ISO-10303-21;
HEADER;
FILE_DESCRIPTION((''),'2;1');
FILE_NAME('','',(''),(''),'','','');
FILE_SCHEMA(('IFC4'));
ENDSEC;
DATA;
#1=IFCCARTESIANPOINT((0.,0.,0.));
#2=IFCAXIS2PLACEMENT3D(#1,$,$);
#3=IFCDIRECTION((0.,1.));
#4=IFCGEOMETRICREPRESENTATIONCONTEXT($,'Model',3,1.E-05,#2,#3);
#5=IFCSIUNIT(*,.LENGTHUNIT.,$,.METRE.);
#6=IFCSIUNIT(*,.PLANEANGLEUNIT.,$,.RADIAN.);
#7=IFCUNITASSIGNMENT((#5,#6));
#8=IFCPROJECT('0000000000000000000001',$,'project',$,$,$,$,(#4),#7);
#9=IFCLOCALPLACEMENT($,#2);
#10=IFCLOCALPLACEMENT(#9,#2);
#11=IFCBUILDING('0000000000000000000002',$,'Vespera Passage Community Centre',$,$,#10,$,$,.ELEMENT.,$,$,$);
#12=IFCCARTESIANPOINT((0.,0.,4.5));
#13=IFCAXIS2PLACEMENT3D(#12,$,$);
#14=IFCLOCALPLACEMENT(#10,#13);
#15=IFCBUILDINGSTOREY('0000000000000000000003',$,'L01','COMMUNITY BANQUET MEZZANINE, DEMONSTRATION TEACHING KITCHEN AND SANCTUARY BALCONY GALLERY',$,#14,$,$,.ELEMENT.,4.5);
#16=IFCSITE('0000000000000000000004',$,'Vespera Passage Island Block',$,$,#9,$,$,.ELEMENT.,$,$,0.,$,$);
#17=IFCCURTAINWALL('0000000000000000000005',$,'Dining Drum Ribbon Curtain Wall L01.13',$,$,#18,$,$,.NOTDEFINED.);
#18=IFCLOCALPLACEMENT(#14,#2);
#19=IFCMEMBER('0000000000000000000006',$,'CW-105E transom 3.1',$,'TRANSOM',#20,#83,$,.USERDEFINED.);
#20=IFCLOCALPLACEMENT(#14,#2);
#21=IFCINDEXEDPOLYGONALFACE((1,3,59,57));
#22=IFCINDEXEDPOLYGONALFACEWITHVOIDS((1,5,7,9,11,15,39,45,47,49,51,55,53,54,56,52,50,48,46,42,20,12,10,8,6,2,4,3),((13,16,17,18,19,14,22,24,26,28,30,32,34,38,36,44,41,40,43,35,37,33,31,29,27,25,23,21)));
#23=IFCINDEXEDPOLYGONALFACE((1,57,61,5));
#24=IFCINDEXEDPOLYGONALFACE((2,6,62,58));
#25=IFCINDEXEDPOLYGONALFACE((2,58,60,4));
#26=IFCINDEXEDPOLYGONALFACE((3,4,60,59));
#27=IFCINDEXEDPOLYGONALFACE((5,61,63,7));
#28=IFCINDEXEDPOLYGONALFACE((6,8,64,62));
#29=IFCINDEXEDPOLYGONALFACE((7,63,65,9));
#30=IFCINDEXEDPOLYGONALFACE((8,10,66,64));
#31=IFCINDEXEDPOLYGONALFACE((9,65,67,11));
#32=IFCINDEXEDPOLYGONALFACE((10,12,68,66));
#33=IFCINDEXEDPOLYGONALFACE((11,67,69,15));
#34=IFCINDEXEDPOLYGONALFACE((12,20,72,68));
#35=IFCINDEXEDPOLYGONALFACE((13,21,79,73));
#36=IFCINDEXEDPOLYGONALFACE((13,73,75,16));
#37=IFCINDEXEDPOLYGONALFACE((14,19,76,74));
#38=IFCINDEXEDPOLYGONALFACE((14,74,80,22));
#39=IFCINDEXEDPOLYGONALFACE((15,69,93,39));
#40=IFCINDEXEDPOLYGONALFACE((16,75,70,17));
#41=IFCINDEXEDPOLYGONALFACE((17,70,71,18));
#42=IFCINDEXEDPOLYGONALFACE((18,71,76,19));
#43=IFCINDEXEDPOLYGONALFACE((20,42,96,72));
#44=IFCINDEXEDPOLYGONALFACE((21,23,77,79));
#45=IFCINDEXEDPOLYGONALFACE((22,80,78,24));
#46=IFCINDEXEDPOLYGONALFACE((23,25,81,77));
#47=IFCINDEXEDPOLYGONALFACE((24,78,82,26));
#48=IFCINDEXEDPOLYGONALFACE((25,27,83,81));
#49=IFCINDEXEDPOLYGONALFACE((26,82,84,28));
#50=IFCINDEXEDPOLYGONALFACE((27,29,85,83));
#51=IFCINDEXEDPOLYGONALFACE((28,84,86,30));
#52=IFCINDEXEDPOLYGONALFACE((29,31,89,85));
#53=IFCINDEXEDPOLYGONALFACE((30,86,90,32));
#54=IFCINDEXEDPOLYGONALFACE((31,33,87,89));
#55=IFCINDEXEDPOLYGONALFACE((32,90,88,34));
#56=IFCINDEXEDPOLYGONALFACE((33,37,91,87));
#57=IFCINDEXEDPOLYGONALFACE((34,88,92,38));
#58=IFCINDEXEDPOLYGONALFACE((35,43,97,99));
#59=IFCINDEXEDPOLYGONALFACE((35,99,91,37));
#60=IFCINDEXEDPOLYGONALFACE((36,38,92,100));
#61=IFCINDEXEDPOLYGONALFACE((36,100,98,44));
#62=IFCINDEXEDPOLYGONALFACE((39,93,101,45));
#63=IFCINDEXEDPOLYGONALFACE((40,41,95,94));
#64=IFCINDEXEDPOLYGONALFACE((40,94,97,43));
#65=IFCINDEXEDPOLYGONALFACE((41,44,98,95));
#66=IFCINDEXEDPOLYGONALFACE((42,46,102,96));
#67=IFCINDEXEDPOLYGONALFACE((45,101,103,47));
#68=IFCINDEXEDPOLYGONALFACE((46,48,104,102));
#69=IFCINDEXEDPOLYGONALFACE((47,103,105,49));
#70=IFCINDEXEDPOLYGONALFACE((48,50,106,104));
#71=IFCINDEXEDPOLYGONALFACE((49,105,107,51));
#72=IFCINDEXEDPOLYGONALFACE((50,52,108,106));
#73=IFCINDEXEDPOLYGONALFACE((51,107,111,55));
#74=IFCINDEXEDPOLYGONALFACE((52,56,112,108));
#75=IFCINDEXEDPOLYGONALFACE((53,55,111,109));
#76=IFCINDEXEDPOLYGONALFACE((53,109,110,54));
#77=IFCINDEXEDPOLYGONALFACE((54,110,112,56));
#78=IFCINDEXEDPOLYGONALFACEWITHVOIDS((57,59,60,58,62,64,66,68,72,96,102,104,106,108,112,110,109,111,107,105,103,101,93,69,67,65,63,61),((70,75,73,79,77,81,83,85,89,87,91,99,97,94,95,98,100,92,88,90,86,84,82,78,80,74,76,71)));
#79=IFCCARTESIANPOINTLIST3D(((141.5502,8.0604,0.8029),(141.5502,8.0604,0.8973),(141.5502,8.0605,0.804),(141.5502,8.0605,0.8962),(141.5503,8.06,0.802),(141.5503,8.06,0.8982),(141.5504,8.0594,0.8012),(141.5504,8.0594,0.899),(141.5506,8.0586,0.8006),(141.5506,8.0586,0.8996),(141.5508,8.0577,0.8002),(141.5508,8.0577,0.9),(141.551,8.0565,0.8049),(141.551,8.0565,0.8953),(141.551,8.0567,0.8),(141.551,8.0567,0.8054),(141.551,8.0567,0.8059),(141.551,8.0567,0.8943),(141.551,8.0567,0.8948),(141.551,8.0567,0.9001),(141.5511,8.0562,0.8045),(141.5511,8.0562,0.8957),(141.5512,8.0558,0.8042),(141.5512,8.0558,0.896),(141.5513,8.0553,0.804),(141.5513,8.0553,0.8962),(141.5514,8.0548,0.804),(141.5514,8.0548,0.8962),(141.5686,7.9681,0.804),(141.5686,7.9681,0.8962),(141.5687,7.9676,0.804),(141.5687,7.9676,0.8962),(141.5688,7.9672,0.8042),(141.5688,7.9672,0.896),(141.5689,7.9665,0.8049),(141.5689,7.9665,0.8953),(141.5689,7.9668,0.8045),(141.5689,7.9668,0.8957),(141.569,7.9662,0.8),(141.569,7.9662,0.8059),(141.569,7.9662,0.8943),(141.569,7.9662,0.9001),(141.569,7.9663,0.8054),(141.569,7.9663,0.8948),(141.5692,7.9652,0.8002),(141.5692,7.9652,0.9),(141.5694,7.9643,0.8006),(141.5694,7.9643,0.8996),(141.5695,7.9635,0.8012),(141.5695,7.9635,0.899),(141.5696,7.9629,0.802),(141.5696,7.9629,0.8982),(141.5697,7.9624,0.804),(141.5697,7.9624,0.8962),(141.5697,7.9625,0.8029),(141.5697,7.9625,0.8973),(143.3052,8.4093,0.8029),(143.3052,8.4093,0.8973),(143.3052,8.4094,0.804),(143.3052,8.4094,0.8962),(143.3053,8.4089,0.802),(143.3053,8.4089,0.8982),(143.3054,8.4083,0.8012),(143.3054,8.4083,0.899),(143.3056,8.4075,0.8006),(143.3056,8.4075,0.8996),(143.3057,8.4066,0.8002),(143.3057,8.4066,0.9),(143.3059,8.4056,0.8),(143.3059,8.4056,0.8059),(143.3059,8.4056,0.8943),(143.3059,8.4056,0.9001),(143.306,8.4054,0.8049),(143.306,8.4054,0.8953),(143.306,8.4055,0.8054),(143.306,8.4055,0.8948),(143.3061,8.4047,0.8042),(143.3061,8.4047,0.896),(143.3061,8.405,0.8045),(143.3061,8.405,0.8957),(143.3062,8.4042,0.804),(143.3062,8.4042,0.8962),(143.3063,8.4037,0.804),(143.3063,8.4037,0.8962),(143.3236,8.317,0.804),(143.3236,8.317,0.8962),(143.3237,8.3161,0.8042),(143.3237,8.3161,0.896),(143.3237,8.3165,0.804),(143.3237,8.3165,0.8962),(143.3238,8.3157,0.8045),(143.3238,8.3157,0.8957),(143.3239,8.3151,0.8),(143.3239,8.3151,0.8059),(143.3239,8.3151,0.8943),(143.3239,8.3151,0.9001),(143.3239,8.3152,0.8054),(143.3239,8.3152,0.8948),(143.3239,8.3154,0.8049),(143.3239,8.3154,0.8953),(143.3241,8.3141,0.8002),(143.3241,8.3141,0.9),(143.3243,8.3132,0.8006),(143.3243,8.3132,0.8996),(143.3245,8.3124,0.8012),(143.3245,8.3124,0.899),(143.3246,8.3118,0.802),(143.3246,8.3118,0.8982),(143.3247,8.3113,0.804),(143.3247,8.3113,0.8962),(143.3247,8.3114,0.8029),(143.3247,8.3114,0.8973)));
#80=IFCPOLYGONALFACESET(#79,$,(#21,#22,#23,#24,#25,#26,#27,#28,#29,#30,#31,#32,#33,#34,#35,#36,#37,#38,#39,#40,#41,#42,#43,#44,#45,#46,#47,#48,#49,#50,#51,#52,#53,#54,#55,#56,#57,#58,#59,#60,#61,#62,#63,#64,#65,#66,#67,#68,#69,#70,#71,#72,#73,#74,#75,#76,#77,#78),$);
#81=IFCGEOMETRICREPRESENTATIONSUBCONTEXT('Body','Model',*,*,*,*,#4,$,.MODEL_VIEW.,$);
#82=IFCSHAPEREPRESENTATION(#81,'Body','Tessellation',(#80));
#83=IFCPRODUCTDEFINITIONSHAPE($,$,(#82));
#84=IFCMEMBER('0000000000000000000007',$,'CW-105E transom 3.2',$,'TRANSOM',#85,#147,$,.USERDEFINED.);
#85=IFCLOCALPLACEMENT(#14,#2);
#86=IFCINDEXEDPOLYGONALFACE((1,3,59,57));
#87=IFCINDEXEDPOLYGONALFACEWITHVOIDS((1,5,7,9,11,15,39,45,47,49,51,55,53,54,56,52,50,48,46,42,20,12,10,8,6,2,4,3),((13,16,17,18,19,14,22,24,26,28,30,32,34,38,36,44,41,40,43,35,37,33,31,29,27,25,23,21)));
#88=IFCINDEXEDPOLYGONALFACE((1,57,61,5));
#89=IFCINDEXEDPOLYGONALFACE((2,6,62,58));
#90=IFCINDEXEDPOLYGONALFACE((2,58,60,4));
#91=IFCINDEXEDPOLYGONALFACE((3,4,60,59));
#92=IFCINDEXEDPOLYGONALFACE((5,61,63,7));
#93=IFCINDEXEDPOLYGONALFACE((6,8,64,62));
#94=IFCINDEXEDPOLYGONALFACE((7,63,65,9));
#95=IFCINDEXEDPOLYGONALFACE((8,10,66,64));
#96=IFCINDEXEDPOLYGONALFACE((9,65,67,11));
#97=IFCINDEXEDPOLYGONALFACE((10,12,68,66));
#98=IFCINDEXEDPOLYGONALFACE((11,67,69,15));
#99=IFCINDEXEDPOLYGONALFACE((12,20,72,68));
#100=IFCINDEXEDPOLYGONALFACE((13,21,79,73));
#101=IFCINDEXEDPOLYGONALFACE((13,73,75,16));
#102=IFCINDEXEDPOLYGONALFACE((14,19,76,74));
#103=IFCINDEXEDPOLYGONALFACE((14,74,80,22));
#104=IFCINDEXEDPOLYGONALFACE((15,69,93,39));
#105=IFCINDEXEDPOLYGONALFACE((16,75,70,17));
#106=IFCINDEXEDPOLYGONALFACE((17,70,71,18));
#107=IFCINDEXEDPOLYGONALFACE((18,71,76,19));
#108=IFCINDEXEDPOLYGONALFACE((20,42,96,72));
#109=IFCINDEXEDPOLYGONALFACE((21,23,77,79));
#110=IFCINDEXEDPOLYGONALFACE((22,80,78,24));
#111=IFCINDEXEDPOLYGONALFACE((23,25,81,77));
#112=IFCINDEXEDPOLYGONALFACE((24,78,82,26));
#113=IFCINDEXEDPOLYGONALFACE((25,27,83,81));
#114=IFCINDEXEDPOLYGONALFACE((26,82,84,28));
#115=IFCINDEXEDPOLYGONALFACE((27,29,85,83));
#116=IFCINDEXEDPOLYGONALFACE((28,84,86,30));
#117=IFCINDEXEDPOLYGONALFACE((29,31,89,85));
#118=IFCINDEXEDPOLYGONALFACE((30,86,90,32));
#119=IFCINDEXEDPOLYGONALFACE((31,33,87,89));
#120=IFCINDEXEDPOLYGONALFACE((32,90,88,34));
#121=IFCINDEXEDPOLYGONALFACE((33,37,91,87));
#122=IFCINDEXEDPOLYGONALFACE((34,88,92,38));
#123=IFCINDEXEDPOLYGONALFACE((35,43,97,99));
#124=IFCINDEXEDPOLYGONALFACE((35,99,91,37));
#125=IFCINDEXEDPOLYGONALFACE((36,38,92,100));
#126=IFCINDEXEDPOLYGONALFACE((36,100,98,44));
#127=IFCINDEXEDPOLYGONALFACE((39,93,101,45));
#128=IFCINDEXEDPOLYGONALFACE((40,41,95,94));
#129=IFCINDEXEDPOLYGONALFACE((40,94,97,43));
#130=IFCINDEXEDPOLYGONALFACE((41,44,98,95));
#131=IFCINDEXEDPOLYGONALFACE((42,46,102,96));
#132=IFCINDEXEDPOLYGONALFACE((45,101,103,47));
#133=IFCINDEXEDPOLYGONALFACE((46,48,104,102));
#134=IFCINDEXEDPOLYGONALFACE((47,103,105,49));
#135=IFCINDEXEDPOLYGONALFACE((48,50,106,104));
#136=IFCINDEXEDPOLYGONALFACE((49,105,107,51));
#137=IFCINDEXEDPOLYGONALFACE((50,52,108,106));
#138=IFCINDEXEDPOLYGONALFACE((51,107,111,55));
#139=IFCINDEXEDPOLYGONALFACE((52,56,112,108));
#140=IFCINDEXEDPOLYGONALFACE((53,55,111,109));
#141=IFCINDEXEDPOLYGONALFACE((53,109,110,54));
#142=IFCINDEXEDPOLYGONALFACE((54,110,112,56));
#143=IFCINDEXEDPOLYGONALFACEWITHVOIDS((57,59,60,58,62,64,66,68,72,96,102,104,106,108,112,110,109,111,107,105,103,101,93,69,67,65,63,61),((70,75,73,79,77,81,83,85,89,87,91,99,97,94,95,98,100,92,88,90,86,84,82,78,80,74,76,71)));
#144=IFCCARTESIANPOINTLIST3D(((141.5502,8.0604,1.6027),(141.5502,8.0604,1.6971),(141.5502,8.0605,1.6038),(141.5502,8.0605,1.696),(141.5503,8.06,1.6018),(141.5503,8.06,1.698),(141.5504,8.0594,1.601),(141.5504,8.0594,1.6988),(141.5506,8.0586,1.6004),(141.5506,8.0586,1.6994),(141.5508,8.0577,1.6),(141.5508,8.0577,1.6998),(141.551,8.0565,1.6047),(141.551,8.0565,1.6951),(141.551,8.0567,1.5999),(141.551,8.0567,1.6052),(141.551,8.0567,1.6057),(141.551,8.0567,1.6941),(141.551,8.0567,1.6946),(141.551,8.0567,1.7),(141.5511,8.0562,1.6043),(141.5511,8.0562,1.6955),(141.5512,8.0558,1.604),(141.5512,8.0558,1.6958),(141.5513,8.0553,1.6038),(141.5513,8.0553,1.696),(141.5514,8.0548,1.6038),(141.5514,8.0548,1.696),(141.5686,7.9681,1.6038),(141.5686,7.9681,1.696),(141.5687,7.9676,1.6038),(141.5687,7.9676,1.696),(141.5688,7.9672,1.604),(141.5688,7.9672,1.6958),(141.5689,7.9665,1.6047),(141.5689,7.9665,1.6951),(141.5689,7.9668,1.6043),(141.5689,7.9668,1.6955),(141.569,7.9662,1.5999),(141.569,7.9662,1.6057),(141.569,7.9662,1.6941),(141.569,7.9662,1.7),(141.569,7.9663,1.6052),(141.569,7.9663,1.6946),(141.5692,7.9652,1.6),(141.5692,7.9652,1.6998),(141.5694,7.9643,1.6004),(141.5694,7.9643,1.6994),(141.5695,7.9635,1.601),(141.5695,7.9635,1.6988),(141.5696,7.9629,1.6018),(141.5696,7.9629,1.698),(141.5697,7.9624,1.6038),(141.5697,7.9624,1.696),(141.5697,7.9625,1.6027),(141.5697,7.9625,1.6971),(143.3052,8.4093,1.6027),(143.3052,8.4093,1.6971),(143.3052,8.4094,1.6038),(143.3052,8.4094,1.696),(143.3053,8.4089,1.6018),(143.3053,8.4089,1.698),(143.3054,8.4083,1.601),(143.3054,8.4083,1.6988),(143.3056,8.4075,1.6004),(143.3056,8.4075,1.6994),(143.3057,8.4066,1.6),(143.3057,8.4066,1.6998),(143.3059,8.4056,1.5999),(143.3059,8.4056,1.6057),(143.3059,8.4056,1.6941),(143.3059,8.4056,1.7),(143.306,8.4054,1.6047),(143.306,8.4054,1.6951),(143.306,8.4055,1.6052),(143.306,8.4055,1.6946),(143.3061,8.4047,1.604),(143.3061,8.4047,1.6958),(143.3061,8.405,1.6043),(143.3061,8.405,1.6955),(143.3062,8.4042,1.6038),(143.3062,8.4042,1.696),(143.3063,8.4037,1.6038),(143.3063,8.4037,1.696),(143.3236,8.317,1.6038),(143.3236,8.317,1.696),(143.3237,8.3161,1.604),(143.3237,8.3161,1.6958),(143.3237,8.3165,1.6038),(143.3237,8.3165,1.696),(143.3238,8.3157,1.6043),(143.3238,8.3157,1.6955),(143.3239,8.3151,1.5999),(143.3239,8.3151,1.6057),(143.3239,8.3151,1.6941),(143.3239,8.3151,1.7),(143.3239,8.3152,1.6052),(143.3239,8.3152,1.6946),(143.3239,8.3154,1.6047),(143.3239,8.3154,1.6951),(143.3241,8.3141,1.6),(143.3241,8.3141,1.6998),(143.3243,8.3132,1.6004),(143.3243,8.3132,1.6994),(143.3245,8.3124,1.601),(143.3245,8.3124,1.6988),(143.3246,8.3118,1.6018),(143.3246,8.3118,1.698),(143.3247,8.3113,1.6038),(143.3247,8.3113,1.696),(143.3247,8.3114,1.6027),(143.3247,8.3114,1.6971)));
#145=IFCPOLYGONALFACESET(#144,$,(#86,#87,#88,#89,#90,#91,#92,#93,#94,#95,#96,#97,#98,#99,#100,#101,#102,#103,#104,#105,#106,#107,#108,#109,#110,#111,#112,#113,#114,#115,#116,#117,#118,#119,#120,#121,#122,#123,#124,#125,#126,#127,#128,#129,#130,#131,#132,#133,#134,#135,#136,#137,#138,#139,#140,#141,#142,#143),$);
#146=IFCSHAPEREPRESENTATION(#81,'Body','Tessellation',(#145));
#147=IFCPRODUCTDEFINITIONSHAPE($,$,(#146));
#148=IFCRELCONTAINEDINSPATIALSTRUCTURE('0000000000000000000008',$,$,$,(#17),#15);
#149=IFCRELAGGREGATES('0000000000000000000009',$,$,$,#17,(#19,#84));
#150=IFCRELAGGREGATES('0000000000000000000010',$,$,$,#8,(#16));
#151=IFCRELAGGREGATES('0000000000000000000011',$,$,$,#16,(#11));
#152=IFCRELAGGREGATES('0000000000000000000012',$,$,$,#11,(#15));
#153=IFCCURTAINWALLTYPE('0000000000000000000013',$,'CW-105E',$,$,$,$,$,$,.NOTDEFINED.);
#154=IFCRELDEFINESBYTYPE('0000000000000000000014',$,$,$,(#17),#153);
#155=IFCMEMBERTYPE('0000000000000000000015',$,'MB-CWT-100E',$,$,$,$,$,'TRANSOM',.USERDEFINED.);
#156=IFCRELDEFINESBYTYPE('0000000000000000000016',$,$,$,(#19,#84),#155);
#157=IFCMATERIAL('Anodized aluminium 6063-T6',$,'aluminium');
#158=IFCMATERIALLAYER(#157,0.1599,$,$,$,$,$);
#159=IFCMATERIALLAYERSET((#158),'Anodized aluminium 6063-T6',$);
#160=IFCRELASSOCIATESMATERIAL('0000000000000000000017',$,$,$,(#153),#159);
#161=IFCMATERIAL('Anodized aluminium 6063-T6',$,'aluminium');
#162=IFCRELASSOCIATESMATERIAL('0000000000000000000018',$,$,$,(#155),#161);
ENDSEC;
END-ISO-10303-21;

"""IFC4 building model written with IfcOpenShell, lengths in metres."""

from ifc_helpers import new_model, si_unit, direction, frame, origin, origin_2d, place, context, subcontext, project, spatial, hollow_rectangle, extrude, material, layer, layer_set, material_profile, profile_set, type_object, element, aggregate, save


model = new_model("IFC4")

# Units and contexts
model_context = context("Model", 3, precision=1e-05, world=origin(), true_north=direction((0.0, 1.0)))
body_context = subcontext(model_context, "Body", "Model", "MODEL_VIEW")
ifc_project = project(units=[si_unit("LENGTHUNIT", "METRE"), si_unit("PLANEANGLEUNIT", "RADIAN")], contexts=[model_context])

# Site, building, storey
site_placement = place(None, origin())
site = spatial("IfcSite", under=ifc_project, at=site_placement, Name="Vespera Passage Island Block", CompositionType="ELEMENT", RefElevation=0.0)
building_placement = place(site_placement, origin())
building = spatial("IfcBuilding", under=site, at=building_placement, Name="Vespera Passage Community Centre", CompositionType="ELEMENT")
storey_placement = place(building_placement, frame((0.0, 0.0, 4.5)))
storey = spatial("IfcBuildingStorey", under=building, at=storey_placement, Name="L01", Description="COMMUNITY BANQUET MEZZANINE, DEMONSTRATION TEACHING KITCHEN AND SANCTUARY BALCONY GALLERY", CompositionType="ELEMENT", Elevation=4.5)

# Curtain wall, members
ifc_material_1 = material(Name="Anodized aluminium 6063-T6", Category="aluminium")
ifc_layer_1 = layer(ifc_material_1, 0.1599)
ifc_layer_set_1 = layer_set([ifc_layer_1], Name="Anodized aluminium 6063-T6")
curtain_wall_type = type_object("IfcCurtainWallType", Name="CW-105E", PredefinedType="NOTDEFINED", material=ifc_layer_set_1)
curtain_wall_placement = place(storey_placement, origin())
curtain_wall = element("IfcCurtainWall", 1, at=curtain_wall_placement, inside=storey, type_object=curtain_wall_type, Name="Dining Drum Ribbon Curtain Wall L01.13", PredefinedType="NOTDEFINED")
ifc_material_2 = material(Name="Anodized aluminium 6063-T6", Category="aluminium")
ifc_material_profile_1 = material_profile(ifc_material_2, hollow_rectangle(XDim=0.1001, YDim=0.1001, WallThickness=0.0039, InnerFilletRadius=0.002, OuterFilletRadius=0.0039, at=origin_2d()), Name="ALU100X100X4")
ifc_profile_set_1 = profile_set([ifc_material_profile_1], Name="Anodized aluminium 6063-T6")
member_type_1 = type_object("IfcMemberType", Name="MB-CWT-100E", ElementType="TRANSOM", PredefinedType="USERDEFINED", material=ifc_profile_set_1)
member_1_placement = place(storey_placement, frame((143.3149, 8.3604, 0.8501), z_axis=(-0.980806, -0.194988, 0.0), x_axis=(0.194988, -0.980806, 0.0)))
member_1 = element("IfcMember", 2, at=member_1_placement, type_object=member_type_1, Name="CW-105E transom 3.1", ObjectType="TRANSOM", PredefinedType="USERDEFINED", context=body_context, shape_type="SweptSolid", body=[
    extrude(hollow_rectangle(XDim=0.1001, YDim=0.1001, WallThickness=0.0039, InnerFilletRadius=0.002, OuterFilletRadius=0.0039, at=origin_2d()), origin(), (0.0, 0.0, 1.0), 1.7893),
])
member_2_placement = place(storey_placement, frame((143.3149, 8.3604, 1.6499), z_axis=(-0.980806, -0.194988, 0.0), x_axis=(0.194988, -0.980806, 0.0)))
member_2 = element("IfcMember", 3, at=member_2_placement, type_object=member_type_1, Name="CW-105E transom 3.2", ObjectType="TRANSOM", PredefinedType="USERDEFINED", context=body_context, shape_type="SweptSolid", body=[
    extrude(hollow_rectangle(XDim=0.1001, YDim=0.1001, WallThickness=0.0039, InnerFilletRadius=0.002, OuterFilletRadius=0.0039, at=origin_2d()), origin(), (0.0, 0.0, 1.0), 1.7893),
])
aggregate(curtain_wall, [member_1, member_2])

save(model, "model.ifc")
